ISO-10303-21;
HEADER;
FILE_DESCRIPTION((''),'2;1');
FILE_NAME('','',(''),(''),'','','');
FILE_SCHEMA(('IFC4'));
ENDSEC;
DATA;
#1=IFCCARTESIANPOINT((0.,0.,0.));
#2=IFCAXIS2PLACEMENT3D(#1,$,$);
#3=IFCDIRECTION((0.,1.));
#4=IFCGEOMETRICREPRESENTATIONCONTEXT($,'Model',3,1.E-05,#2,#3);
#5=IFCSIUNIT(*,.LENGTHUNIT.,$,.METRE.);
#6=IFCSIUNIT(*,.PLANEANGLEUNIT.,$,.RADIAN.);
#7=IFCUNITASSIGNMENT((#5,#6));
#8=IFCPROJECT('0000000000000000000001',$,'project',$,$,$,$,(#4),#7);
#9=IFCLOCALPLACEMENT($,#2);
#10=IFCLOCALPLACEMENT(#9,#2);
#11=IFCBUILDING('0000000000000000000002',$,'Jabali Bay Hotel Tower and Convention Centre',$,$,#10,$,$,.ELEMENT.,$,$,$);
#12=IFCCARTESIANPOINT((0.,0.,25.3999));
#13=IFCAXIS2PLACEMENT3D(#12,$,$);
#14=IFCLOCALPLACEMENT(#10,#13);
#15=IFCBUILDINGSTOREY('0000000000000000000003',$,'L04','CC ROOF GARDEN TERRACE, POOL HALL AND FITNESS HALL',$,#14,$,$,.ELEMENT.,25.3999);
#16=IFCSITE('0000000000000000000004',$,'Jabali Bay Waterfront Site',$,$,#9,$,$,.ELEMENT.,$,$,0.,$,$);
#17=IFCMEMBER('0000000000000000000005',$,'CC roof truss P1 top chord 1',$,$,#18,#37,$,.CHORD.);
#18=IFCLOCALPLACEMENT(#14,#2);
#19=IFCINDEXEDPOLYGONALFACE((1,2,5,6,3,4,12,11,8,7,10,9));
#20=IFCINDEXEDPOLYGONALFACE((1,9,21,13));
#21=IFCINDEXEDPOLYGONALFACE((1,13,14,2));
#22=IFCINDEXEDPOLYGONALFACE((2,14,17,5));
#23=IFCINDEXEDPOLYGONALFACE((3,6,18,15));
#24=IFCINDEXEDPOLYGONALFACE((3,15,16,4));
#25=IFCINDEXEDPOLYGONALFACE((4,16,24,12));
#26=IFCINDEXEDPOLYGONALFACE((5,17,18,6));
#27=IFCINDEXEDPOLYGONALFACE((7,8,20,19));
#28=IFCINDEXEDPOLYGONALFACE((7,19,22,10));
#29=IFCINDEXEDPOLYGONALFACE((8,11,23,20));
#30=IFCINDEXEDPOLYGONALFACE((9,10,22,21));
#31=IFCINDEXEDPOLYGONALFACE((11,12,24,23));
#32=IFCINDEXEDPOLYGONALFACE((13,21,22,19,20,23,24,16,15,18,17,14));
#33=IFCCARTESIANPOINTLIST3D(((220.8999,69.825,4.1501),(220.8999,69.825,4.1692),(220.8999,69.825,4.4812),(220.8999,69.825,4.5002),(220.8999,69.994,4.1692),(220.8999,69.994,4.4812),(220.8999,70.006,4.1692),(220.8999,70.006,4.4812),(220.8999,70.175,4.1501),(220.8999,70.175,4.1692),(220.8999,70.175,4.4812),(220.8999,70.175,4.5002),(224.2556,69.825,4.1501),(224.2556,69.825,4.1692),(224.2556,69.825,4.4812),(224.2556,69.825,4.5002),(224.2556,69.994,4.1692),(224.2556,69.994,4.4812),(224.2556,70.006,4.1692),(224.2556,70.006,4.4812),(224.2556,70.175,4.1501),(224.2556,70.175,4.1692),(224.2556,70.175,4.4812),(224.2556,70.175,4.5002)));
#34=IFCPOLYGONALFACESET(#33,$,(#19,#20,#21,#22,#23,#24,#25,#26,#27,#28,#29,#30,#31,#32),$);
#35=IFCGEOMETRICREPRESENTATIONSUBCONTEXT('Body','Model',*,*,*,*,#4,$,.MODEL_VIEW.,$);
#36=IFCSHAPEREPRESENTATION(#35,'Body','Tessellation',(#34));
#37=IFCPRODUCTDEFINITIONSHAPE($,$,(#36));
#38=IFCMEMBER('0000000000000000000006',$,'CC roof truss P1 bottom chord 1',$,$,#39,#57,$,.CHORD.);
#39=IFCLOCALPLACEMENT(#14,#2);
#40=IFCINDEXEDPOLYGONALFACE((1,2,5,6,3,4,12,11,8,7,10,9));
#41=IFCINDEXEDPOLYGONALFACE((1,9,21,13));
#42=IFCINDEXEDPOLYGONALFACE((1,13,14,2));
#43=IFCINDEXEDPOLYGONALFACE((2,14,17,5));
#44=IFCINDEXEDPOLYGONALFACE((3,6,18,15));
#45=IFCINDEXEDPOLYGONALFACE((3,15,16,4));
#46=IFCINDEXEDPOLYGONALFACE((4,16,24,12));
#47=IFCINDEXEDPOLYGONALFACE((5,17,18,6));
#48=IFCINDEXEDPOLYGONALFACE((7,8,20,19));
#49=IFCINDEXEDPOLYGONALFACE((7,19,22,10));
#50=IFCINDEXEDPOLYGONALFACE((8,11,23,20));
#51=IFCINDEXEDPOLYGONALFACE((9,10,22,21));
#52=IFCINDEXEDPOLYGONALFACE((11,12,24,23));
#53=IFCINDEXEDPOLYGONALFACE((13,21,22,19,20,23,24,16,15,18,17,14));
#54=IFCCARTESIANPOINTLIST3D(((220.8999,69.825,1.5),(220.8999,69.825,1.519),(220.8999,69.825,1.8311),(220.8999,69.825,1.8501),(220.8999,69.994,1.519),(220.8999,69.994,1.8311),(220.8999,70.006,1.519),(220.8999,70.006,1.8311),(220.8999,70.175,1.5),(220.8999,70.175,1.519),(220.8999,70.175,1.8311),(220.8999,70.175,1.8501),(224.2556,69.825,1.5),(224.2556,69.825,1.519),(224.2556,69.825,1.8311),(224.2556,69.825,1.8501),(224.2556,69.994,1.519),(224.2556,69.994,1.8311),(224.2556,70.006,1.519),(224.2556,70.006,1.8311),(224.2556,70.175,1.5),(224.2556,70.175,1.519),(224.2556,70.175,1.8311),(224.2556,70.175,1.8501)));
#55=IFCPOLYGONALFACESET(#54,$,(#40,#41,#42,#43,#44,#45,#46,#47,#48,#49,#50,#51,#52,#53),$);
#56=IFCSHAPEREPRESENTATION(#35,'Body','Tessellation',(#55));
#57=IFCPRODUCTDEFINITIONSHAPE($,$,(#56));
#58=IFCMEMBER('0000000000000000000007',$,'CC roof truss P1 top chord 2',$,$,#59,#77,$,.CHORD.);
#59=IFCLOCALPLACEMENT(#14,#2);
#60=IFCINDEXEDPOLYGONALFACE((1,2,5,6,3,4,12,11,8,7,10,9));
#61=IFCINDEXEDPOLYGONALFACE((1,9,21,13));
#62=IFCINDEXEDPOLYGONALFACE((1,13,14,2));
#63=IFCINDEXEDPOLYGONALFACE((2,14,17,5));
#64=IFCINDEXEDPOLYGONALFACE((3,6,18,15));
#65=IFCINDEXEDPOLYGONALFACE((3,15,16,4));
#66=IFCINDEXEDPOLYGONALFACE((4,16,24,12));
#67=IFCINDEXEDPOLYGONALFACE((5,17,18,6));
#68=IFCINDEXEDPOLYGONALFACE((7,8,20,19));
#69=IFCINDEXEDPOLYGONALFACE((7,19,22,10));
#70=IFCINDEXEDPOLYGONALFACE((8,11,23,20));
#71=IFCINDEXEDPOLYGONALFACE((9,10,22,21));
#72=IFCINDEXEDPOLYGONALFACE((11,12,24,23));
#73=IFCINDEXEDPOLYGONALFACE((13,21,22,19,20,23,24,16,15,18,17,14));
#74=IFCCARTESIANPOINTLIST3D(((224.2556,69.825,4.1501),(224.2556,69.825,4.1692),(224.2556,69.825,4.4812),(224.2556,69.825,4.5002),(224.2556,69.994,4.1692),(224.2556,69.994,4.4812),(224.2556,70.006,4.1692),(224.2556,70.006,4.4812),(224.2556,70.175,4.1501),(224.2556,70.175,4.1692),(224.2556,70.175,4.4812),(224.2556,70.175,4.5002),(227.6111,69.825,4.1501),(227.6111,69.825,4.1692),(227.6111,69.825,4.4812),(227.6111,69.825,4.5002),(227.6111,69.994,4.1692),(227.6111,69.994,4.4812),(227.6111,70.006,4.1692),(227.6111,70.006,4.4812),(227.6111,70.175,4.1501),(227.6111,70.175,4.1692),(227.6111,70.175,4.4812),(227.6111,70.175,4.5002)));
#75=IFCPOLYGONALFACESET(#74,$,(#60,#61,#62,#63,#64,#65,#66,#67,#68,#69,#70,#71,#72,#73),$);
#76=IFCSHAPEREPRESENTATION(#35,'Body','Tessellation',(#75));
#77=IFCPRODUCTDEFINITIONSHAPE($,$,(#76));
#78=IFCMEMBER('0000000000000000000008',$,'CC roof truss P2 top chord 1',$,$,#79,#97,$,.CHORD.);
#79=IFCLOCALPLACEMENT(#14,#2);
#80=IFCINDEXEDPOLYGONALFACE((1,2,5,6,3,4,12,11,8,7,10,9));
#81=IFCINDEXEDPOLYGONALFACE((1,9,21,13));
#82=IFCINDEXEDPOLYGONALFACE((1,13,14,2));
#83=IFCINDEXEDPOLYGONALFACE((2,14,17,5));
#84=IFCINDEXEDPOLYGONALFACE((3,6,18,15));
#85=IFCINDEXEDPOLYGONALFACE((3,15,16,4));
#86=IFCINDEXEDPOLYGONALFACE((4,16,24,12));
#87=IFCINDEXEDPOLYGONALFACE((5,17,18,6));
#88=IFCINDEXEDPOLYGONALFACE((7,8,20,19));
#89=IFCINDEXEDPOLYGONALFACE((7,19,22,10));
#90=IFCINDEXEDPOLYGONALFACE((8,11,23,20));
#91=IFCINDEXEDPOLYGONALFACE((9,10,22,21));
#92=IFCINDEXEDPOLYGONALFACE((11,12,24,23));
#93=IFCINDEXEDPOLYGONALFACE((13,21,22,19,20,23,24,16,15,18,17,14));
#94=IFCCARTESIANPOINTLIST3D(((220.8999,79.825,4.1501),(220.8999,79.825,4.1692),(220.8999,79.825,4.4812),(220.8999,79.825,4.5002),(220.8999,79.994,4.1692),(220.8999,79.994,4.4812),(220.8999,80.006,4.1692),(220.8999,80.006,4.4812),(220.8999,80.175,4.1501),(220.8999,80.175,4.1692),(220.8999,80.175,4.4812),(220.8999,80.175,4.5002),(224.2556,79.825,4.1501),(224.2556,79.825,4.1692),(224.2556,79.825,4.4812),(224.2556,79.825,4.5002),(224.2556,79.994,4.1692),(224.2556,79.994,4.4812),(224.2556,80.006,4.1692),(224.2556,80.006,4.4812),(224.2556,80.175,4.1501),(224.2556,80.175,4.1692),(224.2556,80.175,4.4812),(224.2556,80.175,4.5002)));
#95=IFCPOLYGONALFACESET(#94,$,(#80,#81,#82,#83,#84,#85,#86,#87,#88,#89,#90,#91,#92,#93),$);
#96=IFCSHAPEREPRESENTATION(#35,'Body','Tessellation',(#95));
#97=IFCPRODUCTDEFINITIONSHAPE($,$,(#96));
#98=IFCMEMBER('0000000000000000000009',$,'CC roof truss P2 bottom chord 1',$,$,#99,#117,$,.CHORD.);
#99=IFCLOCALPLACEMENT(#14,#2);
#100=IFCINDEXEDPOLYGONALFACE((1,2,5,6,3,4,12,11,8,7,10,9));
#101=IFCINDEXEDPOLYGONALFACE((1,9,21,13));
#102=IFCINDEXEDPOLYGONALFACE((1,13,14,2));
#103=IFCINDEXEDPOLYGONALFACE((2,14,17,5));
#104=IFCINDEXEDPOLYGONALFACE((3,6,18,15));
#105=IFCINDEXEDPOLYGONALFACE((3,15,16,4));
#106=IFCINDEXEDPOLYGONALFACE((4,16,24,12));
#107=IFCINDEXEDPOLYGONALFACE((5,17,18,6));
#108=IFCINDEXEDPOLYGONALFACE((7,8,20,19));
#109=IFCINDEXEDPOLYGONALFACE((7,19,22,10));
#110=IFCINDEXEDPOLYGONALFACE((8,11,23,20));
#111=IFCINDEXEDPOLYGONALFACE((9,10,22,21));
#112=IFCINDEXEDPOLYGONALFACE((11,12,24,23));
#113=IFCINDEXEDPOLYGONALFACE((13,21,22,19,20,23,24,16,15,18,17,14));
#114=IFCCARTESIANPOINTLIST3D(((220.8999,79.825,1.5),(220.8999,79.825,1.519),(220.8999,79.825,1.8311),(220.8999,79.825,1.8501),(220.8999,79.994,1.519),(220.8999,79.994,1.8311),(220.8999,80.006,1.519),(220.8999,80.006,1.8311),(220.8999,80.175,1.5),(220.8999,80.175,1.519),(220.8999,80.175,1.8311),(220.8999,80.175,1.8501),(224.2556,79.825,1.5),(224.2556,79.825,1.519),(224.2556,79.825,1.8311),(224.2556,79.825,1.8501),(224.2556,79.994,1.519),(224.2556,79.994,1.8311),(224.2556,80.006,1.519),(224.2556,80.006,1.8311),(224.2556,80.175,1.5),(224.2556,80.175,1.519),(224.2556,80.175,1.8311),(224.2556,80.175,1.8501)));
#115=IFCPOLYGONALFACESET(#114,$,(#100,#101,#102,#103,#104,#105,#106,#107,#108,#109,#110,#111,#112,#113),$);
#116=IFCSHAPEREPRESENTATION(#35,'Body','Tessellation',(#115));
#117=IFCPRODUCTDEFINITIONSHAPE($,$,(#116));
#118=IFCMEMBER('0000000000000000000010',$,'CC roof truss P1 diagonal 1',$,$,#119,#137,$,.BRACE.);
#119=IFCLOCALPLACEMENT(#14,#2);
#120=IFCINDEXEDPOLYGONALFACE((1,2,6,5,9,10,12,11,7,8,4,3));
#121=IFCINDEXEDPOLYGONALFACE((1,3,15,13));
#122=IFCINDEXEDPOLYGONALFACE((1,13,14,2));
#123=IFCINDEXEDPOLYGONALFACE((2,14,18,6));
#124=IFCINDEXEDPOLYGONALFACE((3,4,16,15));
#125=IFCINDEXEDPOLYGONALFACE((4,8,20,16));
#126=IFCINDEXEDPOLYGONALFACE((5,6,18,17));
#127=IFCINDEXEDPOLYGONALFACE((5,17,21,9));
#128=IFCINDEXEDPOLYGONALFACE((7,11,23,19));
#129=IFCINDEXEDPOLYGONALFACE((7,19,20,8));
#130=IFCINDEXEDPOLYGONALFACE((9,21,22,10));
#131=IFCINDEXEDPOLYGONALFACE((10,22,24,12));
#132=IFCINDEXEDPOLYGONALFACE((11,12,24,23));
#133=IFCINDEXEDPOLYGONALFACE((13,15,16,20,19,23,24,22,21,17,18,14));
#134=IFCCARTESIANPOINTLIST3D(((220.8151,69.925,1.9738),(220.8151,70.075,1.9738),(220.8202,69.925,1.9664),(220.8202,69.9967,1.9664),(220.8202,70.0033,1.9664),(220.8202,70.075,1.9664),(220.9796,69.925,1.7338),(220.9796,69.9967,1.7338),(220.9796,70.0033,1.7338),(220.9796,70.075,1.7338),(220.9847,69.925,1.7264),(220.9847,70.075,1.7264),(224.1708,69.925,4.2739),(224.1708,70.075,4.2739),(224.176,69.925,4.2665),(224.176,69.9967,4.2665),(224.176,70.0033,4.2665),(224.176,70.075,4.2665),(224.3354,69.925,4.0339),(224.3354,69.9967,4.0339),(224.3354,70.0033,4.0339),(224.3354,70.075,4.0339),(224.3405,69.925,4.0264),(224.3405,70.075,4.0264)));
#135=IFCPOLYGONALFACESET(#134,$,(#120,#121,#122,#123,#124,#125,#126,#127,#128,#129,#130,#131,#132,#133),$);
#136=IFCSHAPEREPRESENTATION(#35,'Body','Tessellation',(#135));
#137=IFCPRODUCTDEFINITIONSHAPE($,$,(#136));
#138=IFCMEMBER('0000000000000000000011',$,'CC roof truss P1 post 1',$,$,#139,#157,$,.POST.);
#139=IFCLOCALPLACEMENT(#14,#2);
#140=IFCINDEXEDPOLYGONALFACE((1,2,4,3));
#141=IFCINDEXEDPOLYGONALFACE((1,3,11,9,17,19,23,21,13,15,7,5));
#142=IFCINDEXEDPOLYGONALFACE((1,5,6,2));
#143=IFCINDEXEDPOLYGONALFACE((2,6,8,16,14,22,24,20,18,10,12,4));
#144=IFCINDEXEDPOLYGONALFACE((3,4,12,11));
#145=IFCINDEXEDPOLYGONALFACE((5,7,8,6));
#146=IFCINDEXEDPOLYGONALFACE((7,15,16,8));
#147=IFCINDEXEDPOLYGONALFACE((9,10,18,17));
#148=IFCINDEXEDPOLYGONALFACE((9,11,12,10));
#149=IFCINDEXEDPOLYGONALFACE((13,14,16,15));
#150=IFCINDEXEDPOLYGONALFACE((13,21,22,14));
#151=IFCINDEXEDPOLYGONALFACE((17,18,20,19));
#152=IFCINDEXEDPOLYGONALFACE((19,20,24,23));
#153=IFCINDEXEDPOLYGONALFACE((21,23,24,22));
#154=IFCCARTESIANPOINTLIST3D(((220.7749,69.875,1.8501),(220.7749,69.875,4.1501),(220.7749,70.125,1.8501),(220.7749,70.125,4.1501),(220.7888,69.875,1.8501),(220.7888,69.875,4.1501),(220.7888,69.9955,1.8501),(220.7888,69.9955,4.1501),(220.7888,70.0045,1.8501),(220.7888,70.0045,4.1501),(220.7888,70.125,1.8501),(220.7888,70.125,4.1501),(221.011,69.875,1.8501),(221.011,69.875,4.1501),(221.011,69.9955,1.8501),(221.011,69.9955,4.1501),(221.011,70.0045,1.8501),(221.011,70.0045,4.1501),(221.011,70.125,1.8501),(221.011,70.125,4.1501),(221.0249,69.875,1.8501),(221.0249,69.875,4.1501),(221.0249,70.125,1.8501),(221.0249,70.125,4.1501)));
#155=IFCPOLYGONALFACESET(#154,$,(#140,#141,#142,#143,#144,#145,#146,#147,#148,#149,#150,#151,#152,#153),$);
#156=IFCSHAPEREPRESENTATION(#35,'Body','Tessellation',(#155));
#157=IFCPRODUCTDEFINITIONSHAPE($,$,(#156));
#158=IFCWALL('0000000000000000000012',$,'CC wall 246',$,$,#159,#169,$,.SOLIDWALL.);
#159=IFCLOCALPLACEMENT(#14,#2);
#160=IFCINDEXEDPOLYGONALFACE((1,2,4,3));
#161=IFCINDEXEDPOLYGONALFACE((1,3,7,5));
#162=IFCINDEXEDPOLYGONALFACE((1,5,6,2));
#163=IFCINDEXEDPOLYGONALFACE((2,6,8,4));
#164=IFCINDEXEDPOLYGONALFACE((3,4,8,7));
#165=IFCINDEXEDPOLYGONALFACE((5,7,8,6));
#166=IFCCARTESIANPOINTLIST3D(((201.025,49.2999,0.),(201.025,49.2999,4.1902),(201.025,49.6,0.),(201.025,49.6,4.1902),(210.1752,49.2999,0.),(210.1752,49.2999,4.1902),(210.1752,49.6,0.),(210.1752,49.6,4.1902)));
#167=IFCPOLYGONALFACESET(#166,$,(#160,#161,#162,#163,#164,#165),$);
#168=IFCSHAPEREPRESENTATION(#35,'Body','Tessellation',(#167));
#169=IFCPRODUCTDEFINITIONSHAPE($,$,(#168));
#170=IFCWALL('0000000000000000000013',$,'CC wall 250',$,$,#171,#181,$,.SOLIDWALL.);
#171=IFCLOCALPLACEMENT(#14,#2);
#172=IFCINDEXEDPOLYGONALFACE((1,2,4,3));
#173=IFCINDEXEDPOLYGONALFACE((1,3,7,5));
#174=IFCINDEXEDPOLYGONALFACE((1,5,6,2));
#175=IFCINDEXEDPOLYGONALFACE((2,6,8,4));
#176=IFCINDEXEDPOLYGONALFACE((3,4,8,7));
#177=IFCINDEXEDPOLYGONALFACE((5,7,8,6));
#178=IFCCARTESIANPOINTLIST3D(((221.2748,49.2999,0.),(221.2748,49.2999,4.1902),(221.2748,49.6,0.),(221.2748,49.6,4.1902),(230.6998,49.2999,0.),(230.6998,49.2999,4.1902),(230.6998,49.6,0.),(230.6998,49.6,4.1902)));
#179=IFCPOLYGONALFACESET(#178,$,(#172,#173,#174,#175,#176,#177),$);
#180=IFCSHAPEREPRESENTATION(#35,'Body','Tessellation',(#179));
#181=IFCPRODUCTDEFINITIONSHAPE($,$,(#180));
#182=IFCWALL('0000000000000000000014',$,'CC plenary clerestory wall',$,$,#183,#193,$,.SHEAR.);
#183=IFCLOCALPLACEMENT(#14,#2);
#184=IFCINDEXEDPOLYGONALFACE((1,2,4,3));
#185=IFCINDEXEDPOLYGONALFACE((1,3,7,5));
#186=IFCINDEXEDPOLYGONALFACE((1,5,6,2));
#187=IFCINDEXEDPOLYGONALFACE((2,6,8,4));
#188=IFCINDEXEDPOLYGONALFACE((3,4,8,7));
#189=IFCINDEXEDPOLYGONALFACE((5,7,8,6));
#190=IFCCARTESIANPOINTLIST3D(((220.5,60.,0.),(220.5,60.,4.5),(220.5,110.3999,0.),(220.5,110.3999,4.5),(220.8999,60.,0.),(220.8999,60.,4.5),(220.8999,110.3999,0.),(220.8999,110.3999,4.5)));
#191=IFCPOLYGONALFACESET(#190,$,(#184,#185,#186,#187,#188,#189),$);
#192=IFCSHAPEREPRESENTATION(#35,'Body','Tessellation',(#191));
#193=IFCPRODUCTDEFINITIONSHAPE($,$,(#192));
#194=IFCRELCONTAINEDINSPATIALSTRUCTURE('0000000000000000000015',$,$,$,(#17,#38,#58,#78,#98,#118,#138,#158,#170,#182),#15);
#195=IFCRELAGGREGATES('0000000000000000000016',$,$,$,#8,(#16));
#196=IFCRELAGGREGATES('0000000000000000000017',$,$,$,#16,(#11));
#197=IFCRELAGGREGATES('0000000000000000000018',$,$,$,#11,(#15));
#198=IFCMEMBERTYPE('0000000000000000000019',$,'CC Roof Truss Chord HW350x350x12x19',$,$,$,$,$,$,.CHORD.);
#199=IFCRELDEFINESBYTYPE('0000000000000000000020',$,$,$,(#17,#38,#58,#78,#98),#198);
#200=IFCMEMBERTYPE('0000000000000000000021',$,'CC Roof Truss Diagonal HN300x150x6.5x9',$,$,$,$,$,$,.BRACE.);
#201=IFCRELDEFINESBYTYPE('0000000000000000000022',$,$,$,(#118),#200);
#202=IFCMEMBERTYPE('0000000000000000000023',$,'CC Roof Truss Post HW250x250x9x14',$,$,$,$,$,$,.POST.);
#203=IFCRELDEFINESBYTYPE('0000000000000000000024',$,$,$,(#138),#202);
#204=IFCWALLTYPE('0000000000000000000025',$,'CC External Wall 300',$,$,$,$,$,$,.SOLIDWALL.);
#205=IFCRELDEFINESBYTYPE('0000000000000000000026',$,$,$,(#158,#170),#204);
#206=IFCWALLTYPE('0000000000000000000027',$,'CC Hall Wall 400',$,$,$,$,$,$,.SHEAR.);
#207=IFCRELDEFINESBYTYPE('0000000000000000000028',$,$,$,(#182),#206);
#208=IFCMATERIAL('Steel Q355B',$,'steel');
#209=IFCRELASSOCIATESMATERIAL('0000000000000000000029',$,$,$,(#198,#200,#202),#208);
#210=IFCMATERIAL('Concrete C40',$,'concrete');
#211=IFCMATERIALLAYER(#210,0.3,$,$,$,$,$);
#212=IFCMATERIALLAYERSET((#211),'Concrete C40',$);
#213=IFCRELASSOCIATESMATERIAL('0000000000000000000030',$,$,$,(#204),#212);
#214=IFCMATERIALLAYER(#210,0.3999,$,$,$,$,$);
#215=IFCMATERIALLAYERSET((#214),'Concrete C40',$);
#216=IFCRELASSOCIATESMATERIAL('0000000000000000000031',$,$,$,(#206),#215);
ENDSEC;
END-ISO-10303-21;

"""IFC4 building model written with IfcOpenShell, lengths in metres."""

from ifc_helpers import new_model, si_unit, direction, frame, frame_2d, origin, origin_2d, place, context, subcontext, project, spatial, rectangle, i_section, extrude, material, layer, layer_set, material_profile, profile_set, type_object, element, save


model = new_model("IFC4")

# Units and contexts
model_context = context("Model", 3, precision=1e-05, world=origin(), true_north=direction((0.0, 1.0)))
body_context = subcontext(model_context, "Body", "Model", "MODEL_VIEW")
ifc_project = project(units=[si_unit("LENGTHUNIT", "METRE"), si_unit("PLANEANGLEUNIT", "RADIAN")], contexts=[model_context])

# Site, building, storey
site_placement = place(None, origin())
site = spatial("IfcSite", under=ifc_project, at=site_placement, Name="Jabali Bay Waterfront Site", CompositionType="ELEMENT", RefElevation=0.0)
building_placement = place(site_placement, origin())
building = spatial("IfcBuilding", under=site, at=building_placement, Name="Jabali Bay Hotel Tower and Convention Centre", CompositionType="ELEMENT")
storey_placement = place(building_placement, frame((0.0, 0.0, 25.3999)))
storey = spatial("IfcBuildingStorey", under=building, at=storey_placement, Name="L04", Description="CC ROOF GARDEN TERRACE, POOL HALL AND FITNESS HALL", CompositionType="ELEMENT", Elevation=25.3999)

# Members
ifc_material_1 = material(Name="Steel Q355B", Category="steel")
ifc_material_profile_1 = material_profile(ifc_material_1, i_section(OverallWidth=0.3501, OverallDepth=0.3501, WebThickness=0.012, FlangeThickness=0.019, at=origin_2d()), Name="HW350x350x12x19")
ifc_profile_set_1 = profile_set([ifc_material_profile_1], Name="Steel Q355B")
member_type_1 = type_object("IfcMemberType", Name="CC Roof Truss Chord HW350x350x12x19", PredefinedType="CHORD", material=ifc_profile_set_1)
for number, where, z_axis, x_axis, name in (
    (1, (220.8999, 70.0, 4.3252), (1.0, 0.0, 0.0), (0.0, 1.0, 0.0), "CC roof truss P1 top chord 1"),
    (2, (220.8999, 70.0, 1.675), (1.0, 0.0, 0.0), (0.0, 1.0, 0.0), "CC roof truss P1 bottom chord 1"),
):
    element("IfcMember", number, at=place(storey_placement, frame(where, z_axis=z_axis, x_axis=x_axis)), inside=storey, type_object=member_type_1, Name=name, PredefinedType="CHORD", context=body_context, shape_type="SweptSolid", body=[
        extrude(i_section(OverallWidth=0.3501, OverallDepth=0.3501, WebThickness=0.012, FlangeThickness=0.019, at=origin_2d()), origin(), (0.0, 0.0, 1.0), 3.3557),
    ])
member_1_placement = place(storey_placement, frame((224.2556, 70.0, 4.3252), z_axis=(1.0, 0.0, 0.0), x_axis=(0.0, 1.0, 0.0)))
element("IfcMember", 3, at=member_1_placement, inside=storey, type_object=member_type_1, Name="CC roof truss P1 top chord 2", PredefinedType="CHORD", context=body_context, shape_type="SweptSolid", body=[
    extrude(i_section(OverallWidth=0.3501, OverallDepth=0.3501, WebThickness=0.012, FlangeThickness=0.019, at=origin_2d()), origin(), (0.0, 0.0, 1.0), 3.3555),
])
for number, where, z_axis, x_axis, name in (
    (4, (220.8999, 80.0, 4.3252), (1.0, 0.0, 0.0), (0.0, 1.0, 0.0), "CC roof truss P2 top chord 1"),
    (5, (220.8999, 80.0, 1.675), (1.0, 0.0, 0.0), (0.0, 1.0, 0.0), "CC roof truss P2 bottom chord 1"),
):
    element("IfcMember", number, at=place(storey_placement, frame(where, z_axis=z_axis, x_axis=x_axis)), inside=storey, type_object=member_type_1, Name=name, PredefinedType="CHORD", context=body_context, shape_type="SweptSolid", body=[
        extrude(i_section(OverallWidth=0.3501, OverallDepth=0.3501, WebThickness=0.012, FlangeThickness=0.019, at=origin_2d()), origin(), (0.0, 0.0, 1.0), 3.3557),
    ])
ifc_material_profile_2 = material_profile(ifc_material_1, i_section(OverallWidth=0.1499, OverallDepth=0.3, WebThickness=0.0066, FlangeThickness=0.009, at=origin_2d()), Name="HN300x150x6.5x9")
ifc_profile_set_2 = profile_set([ifc_material_profile_2], Name="Steel Q355B")
member_type_2 = type_object("IfcMemberType", Name="CC Roof Truss Diagonal HN300x150x6.5x9", PredefinedType="BRACE", material=ifc_profile_set_2)
member_2_placement = place(storey_placement, frame((220.8999, 70.0, 1.8501), z_axis=(0.824845, 0.0, 0.565359), x_axis=(0.0, 1.0, 0.0)))
element("IfcMember", 6, at=member_2_placement, inside=storey, type_object=member_type_2, Name="CC roof truss P1 diagonal 1", PredefinedType="BRACE", context=body_context, shape_type="SweptSolid", body=[
    extrude(i_section(OverallWidth=0.1499, OverallDepth=0.3, WebThickness=0.0066, FlangeThickness=0.009, at=origin_2d()), origin(), (0.0, 0.0, 1.0), 4.0684),
])
ifc_material_profile_3 = material_profile(ifc_material_1, i_section(OverallWidth=0.25, OverallDepth=0.25, WebThickness=0.009, FlangeThickness=0.0139, at=origin_2d()), Name="HW250x250x9x14")
ifc_profile_set_3 = profile_set([ifc_material_profile_3], Name="Steel Q355B")
member_type_3 = type_object("IfcMemberType", Name="CC Roof Truss Post HW250x250x9x14", PredefinedType="POST", material=ifc_profile_set_3)
member_3_placement = place(storey_placement, frame((220.8999, 70.0, 1.8501), z_axis=(0.0, 0.0, 1.0), x_axis=(0.0, 1.0, 0.0)))
element("IfcMember", 7, at=member_3_placement, inside=storey, type_object=member_type_3, Name="CC roof truss P1 post 1", PredefinedType="POST", context=body_context, shape_type="SweptSolid", body=[
    extrude(i_section(OverallWidth=0.25, OverallDepth=0.25, WebThickness=0.009, FlangeThickness=0.0139, at=origin_2d()), origin(), (0.0, 0.0, 1.0), 2.3),
])

# Walls
ifc_material_2 = material(Name="Concrete C40", Category="concrete")
ifc_layer_1 = layer(ifc_material_2, 0.3)
ifc_layer_set_1 = layer_set([ifc_layer_1], Name="Concrete C40")
wall_type_1 = type_object("IfcWallType", Name="CC External Wall 300", PredefinedType="SOLIDWALL", material=ifc_layer_set_1)
wall_1_placement = place(storey_placement, frame((201.0249, 49.45, 0.0), z_axis=(0.0, 0.0, 1.0), x_axis=(1.0, 0.0, 0.0)))
element("IfcWall", 8, at=wall_1_placement, inside=storey, type_object=wall_type_1, Name="CC wall 246", PredefinedType="SOLIDWALL", context=body_context, shape_type="SweptSolid", body=[
    extrude(rectangle(XDim=9.1501, YDim=0.3, at=frame_2d((4.5752, 0.0))), origin(), (0.0, 0.0, 1.0), 4.1902),
])
wall_2_placement = place(storey_placement, frame((221.2749, 49.45, 0.0), z_axis=(0.0, 0.0, 1.0), x_axis=(1.0, 0.0, 0.0)))
element("IfcWall", 9, at=wall_2_placement, inside=storey, type_object=wall_type_1, Name="CC wall 250", PredefinedType="SOLIDWALL", context=body_context, shape_type="SweptSolid", body=[
    extrude(rectangle(XDim=9.425, YDim=0.3, at=frame_2d((4.7124, 0.0))), origin(), (0.0, 0.0, 1.0), 4.1902),
])
ifc_layer_2 = layer(ifc_material_2, 0.3999)
ifc_layer_set_2 = layer_set([ifc_layer_2], Name="Concrete C40")
wall_type_2 = type_object("IfcWallType", Name="CC Hall Wall 400", PredefinedType="SHEAR", material=ifc_layer_set_2)
wall_3_placement = place(storey_placement, frame((220.7, 60.0, 0.0), z_axis=(0.0, 0.0, 1.0), x_axis=(0.0, 1.0, 0.0)))
element("IfcWall", 10, at=wall_3_placement, inside=storey, type_object=wall_type_2, Name="CC plenary clerestory wall", PredefinedType="SHEAR", context=body_context, shape_type="SweptSolid", body=[
    extrude(rectangle(XDim=50.3999, YDim=0.3999, at=frame_2d((25.2, 0.0))), origin(), (0.0, 0.0, 1.0), 4.5),
])

save(model, "model.ifc")
